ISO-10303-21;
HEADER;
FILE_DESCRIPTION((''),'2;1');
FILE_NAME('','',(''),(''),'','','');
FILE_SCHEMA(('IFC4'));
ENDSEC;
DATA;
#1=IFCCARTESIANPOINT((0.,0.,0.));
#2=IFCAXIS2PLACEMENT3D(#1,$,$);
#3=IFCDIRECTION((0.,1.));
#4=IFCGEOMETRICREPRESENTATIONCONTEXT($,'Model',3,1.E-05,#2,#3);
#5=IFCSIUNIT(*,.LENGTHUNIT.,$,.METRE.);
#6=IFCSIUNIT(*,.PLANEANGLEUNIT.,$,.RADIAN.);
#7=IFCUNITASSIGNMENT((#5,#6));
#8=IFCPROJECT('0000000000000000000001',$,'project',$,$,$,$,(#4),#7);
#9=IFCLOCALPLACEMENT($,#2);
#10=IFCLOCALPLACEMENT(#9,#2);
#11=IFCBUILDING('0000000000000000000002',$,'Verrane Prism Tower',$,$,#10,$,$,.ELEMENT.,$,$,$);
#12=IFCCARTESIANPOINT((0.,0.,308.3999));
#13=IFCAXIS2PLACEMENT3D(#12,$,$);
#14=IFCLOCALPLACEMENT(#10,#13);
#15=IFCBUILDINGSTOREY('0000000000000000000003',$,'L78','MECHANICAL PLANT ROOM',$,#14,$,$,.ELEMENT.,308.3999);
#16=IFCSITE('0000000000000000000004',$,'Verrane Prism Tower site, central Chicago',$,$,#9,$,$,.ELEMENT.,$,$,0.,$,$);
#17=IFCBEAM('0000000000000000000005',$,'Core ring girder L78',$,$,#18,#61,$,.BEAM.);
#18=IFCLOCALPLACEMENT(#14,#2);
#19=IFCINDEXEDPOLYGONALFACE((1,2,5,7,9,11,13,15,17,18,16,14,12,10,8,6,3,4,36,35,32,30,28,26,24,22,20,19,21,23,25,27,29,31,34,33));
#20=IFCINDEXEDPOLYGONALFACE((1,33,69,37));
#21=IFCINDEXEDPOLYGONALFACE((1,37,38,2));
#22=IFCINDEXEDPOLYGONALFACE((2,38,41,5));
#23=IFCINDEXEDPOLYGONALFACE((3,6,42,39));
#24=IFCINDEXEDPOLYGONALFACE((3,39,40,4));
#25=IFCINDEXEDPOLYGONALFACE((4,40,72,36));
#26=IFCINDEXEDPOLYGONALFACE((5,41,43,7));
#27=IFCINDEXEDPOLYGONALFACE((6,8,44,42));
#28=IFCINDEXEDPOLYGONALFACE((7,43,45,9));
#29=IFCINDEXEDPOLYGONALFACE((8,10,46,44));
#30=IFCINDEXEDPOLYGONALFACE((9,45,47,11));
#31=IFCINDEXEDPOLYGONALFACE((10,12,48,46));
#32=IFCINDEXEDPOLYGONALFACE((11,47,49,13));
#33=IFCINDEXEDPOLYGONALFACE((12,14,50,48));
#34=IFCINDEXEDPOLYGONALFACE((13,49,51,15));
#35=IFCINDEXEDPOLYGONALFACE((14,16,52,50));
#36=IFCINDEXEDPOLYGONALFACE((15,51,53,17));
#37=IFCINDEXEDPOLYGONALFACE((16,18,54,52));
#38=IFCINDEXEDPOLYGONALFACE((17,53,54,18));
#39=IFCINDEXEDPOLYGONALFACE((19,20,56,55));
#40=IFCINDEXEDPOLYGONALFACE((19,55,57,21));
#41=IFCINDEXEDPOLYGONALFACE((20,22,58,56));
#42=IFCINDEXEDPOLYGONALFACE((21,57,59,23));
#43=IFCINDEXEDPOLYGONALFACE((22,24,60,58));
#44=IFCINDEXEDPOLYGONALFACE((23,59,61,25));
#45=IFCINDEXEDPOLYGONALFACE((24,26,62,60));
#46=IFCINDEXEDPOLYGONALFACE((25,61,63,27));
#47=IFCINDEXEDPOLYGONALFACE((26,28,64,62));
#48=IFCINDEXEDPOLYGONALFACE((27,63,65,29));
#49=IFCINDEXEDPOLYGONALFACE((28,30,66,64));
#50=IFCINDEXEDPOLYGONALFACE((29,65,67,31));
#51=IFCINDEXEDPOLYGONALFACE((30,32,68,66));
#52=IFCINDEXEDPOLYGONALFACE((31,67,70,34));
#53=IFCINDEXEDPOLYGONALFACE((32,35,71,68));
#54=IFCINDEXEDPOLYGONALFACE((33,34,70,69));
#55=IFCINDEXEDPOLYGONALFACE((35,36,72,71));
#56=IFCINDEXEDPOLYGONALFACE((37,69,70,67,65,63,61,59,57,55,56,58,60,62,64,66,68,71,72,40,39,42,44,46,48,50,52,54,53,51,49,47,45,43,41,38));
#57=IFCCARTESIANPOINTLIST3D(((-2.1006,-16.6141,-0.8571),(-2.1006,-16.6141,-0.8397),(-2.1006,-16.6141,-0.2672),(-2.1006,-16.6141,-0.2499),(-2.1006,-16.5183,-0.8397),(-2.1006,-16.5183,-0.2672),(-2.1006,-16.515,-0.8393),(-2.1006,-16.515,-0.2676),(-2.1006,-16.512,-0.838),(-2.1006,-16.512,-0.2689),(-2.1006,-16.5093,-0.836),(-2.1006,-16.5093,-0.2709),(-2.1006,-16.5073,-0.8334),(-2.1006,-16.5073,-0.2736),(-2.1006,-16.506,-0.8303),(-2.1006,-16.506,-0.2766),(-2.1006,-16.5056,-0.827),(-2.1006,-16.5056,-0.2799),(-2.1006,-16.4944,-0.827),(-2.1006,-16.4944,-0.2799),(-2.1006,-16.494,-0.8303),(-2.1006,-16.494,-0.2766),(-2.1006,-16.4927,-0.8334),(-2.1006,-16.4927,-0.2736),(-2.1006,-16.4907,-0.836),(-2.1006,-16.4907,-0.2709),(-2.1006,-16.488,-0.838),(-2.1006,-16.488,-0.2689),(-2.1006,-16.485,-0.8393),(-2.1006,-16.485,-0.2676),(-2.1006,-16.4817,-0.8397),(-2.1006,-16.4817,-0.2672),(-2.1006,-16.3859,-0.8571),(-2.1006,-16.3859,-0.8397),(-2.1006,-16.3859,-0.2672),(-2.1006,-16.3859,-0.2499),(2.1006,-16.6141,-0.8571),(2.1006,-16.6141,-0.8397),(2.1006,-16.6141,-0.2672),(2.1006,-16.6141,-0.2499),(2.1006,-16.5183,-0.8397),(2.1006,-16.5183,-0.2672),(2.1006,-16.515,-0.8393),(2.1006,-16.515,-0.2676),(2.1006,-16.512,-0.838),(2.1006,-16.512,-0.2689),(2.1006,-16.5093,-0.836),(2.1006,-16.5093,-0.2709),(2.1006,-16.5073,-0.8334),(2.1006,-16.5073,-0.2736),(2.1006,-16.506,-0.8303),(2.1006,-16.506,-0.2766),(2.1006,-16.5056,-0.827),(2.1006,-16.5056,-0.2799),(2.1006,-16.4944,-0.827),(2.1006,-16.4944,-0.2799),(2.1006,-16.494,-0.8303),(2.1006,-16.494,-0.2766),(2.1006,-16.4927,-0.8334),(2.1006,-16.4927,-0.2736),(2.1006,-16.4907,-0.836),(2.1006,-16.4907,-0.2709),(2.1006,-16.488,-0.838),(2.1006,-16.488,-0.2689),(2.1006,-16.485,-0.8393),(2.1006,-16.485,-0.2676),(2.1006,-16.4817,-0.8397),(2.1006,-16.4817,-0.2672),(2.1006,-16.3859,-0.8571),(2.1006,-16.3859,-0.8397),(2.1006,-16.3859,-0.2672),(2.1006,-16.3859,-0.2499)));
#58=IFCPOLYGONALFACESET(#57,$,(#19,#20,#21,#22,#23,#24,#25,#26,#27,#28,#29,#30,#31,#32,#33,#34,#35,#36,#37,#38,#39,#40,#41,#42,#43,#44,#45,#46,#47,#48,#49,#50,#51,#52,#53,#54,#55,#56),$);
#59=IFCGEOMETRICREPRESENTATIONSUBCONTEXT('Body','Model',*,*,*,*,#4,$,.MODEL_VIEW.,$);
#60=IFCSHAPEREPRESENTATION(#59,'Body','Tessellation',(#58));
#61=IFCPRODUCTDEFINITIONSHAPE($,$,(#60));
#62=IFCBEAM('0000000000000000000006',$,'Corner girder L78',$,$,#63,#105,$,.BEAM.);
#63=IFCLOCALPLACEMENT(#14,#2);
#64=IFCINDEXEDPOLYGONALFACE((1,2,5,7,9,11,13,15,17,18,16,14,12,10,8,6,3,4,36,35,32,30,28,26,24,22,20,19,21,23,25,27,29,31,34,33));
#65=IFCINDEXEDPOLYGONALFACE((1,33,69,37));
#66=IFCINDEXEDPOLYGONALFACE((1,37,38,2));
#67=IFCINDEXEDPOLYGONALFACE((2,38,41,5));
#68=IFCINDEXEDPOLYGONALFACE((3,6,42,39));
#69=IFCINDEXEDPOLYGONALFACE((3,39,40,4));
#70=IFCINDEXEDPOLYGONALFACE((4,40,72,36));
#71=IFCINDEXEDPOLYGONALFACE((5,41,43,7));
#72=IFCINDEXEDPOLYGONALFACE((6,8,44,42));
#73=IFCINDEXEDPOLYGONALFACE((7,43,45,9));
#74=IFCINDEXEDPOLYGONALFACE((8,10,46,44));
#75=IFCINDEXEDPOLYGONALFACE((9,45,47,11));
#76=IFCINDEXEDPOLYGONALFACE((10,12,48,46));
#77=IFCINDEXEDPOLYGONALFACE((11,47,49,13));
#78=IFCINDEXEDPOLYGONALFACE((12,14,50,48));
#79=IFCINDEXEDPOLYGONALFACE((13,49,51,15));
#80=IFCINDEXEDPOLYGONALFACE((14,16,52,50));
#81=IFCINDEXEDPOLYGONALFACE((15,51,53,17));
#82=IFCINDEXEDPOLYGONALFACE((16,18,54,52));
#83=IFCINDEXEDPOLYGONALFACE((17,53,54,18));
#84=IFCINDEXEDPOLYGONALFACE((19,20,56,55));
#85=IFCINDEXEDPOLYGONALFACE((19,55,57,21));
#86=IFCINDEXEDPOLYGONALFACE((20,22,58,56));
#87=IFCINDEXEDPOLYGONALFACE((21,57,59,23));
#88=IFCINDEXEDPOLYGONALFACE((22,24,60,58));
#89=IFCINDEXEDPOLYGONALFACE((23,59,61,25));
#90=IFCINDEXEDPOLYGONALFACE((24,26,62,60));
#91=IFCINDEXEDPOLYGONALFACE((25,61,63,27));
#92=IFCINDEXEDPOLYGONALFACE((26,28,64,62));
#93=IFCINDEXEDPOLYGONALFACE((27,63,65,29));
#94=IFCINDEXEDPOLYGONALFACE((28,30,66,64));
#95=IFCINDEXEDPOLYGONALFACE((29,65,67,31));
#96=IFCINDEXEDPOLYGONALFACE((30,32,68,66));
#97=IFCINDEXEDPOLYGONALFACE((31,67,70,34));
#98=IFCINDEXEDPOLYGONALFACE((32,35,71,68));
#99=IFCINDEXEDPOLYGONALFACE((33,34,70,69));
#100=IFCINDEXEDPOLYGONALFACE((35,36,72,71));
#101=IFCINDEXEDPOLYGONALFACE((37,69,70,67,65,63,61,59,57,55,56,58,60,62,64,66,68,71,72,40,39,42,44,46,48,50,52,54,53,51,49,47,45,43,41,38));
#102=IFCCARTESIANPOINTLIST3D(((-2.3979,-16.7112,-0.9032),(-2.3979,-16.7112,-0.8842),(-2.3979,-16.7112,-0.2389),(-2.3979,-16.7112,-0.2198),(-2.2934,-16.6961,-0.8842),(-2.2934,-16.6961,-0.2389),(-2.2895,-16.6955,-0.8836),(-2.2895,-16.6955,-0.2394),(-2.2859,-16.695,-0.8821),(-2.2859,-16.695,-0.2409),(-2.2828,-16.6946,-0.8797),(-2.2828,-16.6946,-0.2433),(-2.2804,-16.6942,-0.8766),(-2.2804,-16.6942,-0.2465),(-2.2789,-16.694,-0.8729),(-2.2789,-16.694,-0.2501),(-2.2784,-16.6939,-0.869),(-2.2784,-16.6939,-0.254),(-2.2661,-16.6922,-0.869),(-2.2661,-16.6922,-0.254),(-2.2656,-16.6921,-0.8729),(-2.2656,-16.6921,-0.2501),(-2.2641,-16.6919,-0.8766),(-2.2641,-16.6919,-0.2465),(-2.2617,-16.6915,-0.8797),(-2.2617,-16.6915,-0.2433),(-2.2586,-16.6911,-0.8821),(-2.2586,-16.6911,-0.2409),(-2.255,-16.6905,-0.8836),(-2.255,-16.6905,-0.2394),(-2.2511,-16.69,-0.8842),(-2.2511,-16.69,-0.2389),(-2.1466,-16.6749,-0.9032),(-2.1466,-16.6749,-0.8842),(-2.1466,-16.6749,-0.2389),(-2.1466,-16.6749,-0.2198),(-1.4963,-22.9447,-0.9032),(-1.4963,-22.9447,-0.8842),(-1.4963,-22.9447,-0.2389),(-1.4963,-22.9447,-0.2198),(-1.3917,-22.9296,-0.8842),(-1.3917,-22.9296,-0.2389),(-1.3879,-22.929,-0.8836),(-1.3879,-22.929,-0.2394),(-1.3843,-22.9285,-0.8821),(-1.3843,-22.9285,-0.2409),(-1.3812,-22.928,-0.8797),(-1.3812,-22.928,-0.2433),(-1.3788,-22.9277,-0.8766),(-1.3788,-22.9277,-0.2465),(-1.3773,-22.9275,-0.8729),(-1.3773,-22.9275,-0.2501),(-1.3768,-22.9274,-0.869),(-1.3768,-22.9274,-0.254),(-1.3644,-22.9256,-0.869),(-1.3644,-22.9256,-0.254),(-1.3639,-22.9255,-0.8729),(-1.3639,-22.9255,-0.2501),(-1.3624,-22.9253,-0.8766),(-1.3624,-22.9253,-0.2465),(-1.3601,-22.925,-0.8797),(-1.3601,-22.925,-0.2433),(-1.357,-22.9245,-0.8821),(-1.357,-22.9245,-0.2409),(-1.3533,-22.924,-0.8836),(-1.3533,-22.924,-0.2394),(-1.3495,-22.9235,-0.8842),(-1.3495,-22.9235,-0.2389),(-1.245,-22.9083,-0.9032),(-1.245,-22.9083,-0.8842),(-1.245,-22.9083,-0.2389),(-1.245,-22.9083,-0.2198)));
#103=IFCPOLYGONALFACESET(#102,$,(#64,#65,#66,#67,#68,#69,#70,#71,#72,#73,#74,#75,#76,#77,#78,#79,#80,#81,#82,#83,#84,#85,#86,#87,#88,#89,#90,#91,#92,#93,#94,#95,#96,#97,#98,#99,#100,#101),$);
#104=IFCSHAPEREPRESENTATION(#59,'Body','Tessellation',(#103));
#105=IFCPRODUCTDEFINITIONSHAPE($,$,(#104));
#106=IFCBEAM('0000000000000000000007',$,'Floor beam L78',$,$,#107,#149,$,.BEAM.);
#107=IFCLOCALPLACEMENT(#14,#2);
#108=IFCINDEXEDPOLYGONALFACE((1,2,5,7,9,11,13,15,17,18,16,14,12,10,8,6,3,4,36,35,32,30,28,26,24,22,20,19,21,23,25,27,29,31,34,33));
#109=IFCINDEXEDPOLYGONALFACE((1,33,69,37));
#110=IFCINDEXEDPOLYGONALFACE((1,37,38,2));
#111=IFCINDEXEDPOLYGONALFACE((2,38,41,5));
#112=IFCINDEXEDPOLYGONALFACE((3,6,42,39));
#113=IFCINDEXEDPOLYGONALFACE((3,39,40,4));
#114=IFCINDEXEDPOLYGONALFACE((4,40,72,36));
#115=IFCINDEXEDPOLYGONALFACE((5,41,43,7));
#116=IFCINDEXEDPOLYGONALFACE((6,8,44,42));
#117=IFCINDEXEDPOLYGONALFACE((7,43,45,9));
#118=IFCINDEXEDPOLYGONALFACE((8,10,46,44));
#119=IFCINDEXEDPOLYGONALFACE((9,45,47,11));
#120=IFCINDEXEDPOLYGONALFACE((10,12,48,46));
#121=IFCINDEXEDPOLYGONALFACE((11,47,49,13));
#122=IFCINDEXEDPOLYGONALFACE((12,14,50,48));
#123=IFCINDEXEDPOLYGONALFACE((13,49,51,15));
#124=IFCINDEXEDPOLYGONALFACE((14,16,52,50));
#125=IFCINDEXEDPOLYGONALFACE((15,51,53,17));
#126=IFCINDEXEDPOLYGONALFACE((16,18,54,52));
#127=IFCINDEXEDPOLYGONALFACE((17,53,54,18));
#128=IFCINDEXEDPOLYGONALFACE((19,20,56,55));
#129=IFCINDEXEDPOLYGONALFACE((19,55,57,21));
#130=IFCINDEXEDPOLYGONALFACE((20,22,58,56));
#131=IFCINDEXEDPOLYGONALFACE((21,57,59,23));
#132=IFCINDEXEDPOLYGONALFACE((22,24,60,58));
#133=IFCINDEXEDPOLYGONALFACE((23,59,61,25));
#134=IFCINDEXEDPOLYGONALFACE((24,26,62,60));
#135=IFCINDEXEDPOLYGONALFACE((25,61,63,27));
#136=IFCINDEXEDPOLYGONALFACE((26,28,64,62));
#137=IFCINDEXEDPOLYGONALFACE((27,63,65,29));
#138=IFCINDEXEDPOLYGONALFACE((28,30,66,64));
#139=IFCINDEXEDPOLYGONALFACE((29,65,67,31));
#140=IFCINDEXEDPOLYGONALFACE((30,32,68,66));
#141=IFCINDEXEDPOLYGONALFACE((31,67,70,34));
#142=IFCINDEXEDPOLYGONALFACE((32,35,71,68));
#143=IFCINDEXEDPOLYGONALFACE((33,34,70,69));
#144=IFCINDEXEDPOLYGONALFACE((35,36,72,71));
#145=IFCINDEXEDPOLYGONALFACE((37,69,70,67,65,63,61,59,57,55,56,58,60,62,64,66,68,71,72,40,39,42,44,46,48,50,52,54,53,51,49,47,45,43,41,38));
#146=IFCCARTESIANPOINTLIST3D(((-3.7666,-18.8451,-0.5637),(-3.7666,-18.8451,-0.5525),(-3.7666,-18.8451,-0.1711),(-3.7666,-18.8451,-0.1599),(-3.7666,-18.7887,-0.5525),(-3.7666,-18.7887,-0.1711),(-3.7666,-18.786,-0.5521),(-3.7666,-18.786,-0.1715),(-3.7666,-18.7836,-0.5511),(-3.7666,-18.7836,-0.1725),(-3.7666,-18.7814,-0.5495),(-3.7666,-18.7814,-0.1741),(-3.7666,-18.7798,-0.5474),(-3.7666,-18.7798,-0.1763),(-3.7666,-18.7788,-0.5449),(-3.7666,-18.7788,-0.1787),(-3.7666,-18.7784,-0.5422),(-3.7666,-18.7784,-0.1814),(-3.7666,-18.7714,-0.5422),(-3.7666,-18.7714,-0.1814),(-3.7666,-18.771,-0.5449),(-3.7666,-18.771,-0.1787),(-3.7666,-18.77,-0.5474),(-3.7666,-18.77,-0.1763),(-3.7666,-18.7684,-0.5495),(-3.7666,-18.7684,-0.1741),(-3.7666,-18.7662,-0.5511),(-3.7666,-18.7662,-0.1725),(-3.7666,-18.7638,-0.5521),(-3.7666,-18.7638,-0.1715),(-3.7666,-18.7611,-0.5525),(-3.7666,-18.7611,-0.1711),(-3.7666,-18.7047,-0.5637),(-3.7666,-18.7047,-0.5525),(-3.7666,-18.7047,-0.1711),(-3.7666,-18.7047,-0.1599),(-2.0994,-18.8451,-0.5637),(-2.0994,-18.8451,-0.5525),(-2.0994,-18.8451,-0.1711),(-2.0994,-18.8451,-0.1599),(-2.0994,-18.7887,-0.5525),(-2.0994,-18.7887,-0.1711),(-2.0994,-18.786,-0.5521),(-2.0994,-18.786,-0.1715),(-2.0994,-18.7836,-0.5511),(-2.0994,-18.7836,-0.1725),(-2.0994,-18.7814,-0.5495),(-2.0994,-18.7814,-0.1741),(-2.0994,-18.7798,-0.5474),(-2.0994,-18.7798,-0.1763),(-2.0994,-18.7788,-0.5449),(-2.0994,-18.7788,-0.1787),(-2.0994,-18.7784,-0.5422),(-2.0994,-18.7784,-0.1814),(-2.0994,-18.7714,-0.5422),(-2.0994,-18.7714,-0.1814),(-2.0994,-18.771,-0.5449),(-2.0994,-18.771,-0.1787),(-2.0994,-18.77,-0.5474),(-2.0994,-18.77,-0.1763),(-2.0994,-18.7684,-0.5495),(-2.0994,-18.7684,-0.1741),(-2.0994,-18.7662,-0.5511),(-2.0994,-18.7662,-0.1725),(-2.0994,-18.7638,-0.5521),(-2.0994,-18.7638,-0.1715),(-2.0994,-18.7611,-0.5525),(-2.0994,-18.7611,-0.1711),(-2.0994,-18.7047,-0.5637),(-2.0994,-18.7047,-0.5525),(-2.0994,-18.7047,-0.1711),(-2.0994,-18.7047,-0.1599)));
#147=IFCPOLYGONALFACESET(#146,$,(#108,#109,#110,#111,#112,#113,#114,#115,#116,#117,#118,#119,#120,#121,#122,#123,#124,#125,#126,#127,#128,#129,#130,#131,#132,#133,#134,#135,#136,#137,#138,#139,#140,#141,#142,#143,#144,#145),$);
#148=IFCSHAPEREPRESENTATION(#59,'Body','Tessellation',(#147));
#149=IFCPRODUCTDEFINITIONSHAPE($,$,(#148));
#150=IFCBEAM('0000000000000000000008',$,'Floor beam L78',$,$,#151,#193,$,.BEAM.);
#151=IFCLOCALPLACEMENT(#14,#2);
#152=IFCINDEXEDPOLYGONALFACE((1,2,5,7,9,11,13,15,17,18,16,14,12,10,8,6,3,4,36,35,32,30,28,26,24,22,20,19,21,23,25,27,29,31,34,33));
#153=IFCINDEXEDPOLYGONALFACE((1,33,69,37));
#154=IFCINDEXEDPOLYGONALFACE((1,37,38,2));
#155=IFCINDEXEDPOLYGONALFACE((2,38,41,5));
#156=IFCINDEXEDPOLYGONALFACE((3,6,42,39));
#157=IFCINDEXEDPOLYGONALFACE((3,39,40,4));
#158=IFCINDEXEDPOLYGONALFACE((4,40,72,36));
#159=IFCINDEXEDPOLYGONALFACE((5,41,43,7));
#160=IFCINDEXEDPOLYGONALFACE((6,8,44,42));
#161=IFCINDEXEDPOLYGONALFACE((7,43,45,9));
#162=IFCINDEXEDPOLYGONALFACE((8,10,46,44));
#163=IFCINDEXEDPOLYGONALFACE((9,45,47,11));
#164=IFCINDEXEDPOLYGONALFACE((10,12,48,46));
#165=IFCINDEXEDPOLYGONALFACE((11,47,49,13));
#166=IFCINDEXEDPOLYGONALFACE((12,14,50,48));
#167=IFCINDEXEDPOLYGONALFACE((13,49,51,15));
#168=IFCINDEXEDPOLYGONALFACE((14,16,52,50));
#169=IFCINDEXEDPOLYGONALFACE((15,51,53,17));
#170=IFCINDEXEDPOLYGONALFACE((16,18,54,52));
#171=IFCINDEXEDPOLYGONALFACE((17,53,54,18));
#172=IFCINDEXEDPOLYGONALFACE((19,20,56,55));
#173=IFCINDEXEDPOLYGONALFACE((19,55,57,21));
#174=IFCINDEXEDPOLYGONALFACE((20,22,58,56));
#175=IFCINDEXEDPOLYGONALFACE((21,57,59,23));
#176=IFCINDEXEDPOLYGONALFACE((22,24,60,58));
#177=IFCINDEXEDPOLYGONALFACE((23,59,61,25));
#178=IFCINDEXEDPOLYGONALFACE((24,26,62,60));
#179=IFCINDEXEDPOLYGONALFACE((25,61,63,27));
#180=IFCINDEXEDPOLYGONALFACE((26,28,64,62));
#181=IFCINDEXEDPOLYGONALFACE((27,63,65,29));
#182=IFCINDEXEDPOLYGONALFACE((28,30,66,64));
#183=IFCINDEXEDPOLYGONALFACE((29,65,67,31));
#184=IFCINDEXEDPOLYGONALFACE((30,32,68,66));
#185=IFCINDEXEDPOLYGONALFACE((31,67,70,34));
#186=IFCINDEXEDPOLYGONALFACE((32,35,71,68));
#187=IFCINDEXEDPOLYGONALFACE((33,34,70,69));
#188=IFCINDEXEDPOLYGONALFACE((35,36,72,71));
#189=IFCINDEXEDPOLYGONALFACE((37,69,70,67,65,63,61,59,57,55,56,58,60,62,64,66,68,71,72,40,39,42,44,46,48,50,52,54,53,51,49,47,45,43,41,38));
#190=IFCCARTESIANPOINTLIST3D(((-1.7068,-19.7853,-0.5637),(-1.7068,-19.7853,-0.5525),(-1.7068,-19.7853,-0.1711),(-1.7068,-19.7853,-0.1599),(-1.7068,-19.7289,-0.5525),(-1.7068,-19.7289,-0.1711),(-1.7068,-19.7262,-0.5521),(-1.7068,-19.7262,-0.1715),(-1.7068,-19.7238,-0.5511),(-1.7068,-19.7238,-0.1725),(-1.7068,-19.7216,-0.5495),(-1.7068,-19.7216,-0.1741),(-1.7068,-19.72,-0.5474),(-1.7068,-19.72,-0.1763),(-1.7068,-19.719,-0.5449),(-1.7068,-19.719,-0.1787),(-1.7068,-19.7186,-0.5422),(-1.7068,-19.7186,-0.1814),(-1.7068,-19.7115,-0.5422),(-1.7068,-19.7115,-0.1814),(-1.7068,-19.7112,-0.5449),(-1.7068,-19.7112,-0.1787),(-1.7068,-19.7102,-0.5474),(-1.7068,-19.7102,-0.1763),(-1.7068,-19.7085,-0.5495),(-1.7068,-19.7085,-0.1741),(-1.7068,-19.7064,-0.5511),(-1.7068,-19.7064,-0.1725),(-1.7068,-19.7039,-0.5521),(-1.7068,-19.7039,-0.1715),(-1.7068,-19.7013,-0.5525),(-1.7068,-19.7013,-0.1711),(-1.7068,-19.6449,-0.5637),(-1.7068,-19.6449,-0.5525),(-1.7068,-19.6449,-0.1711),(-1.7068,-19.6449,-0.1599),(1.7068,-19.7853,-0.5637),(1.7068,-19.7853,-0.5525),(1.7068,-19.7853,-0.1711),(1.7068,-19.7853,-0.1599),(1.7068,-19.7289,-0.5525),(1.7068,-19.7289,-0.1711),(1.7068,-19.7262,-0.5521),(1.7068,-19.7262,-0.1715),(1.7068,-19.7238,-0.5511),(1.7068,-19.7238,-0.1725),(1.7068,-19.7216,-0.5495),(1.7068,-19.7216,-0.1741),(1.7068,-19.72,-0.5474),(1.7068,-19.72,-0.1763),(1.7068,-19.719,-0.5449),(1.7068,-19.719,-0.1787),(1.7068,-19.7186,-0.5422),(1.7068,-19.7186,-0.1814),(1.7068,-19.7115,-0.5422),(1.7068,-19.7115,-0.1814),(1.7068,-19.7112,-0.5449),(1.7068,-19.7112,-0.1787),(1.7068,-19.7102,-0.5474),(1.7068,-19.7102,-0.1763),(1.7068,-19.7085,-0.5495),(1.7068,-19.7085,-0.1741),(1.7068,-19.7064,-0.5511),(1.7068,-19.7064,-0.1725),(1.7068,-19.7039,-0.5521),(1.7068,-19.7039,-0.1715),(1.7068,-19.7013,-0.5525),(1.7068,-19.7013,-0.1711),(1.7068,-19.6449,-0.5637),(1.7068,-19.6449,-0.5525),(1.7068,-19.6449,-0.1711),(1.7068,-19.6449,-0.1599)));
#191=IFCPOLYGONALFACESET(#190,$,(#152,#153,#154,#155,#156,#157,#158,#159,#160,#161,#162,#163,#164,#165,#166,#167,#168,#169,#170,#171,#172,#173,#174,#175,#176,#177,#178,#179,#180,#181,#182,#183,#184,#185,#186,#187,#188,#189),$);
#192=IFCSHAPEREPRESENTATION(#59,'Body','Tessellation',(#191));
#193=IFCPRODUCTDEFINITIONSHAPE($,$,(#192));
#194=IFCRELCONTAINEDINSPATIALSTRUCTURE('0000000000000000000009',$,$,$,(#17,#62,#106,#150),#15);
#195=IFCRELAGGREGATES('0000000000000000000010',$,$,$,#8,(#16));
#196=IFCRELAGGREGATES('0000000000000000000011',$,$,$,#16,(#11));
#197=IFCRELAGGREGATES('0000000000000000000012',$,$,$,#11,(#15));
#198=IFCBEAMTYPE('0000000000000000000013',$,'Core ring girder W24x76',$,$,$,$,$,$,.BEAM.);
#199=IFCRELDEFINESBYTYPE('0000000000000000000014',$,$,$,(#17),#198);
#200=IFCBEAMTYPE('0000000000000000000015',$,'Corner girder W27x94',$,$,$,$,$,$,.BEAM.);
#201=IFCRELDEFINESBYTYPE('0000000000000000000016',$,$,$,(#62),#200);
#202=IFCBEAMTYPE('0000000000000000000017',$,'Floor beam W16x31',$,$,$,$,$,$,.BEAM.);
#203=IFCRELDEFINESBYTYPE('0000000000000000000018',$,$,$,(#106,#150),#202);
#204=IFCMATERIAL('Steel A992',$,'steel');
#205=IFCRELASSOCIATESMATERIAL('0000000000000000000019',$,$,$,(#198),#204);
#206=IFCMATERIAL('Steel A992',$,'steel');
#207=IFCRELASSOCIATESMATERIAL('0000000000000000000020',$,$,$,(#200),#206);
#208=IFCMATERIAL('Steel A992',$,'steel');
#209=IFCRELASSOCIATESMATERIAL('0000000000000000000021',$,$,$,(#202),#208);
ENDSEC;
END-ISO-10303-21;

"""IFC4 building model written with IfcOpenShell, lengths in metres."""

from ifc_helpers import new_model, si_unit, direction, frame, origin, origin_2d, place, context, subcontext, project, spatial, i_section, extrude, material, material_profile, profile_set, type_object, element, save


model = new_model("IFC4")

# Units and contexts
model_context = context("Model", 3, precision=1e-05, world=origin(), true_north=direction((0.0, 1.0)))
body_context = subcontext(model_context, "Body", "Model", "MODEL_VIEW")
ifc_project = project(units=[si_unit("LENGTHUNIT", "METRE"), si_unit("PLANEANGLEUNIT", "RADIAN")], contexts=[model_context])

# Site, building, storey
site_placement = place(None, origin())
site = spatial("IfcSite", under=ifc_project, at=site_placement, Name="Verrane Prism Tower site, central Chicago", CompositionType="ELEMENT", RefElevation=0.0)
building_placement = place(site_placement, origin())
building = spatial("IfcBuilding", under=site, at=building_placement, Name="Verrane Prism Tower", CompositionType="ELEMENT")
storey_placement = place(building_placement, frame((0.0, 0.0, 308.3999)))
storey = spatial("IfcBuildingStorey", under=building, at=storey_placement, Name="L78", Description="MECHANICAL PLANT ROOM", CompositionType="ELEMENT", Elevation=308.3999)

# Beams
ifc_material_1 = material(Name="Steel A992", Category="steel")
ifc_material_profile_1 = material_profile(ifc_material_1, i_section(OverallWidth=0.2283, OverallDepth=0.6072, WebThickness=0.0112, FlangeThickness=0.0173, FilletRadius=0.0127, at=origin_2d()), Name="W24x76")
ifc_profile_set_1 = profile_set([ifc_material_profile_1], Name="Steel A992")
beam_type_1 = type_object("IfcBeamType", Name="Core ring girder W24x76", PredefinedType="BEAM", material=ifc_profile_set_1)
beam_1_placement = place(storey_placement, frame((-2.1006, -16.5, -0.5535), z_axis=(1.0, 0.0, 0.0), x_axis=(0.0, 1.0, 0.0)))
element("IfcBeam", 1, at=beam_1_placement, inside=storey, type_object=beam_type_1, Name="Core ring girder L78", PredefinedType="BEAM", context=body_context, shape_type="SweptSolid", body=[
    extrude(i_section(OverallWidth=0.2283, OverallDepth=0.6072, WebThickness=0.0112, FlangeThickness=0.0173, FilletRadius=0.0127, at=origin_2d()), origin(), (0.0, 0.0, 1.0), 4.2012),
])
ifc_material_2 = material(Name="Steel A992", Category="steel")
ifc_material_profile_2 = material_profile(ifc_material_2, i_section(OverallWidth=0.2539, OverallDepth=0.6833, WebThickness=0.0125, FlangeThickness=0.019, FilletRadius=0.0151, at=origin_2d()), Name="W27x94")
ifc_profile_set_2 = profile_set([ifc_material_profile_2], Name="Steel A992")
beam_type_2 = type_object("IfcBeamType", Name="Corner girder W27x94", PredefinedType="BEAM", material=ifc_profile_set_2)
beam_2_placement = place(storey_placement, frame((-1.3706, -22.9265, -0.5615), z_axis=(-0.143152, 0.989701, 0.0), x_axis=(-0.989701, -0.143152, 0.0)))
element("IfcBeam", 2, at=beam_2_placement, inside=storey, type_object=beam_type_2, Name="Corner girder L78", PredefinedType="BEAM", context=body_context, shape_type="SweptSolid", body=[
    extrude(i_section(OverallWidth=0.2539, OverallDepth=0.6833, WebThickness=0.0125, FlangeThickness=0.019, FilletRadius=0.0151, at=origin_2d()), origin(), (0.0, 0.0, 1.0), 6.2983),
])
ifc_material_3 = material(Name="Steel A992", Category="steel")
ifc_material_profile_3 = material_profile(ifc_material_3, i_section(OverallWidth=0.1404, OverallDepth=0.4038, WebThickness=0.0071, FlangeThickness=0.0112, FilletRadius=0.0103, at=origin_2d()), Name="W16x31")
ifc_profile_set_3 = profile_set([ifc_material_profile_3], Name="Steel A992")
beam_type_3 = type_object("IfcBeamType", Name="Floor beam W16x31", PredefinedType="BEAM", material=ifc_profile_set_3)
beam_3_placement = place(storey_placement, frame((-3.7666, -18.7749, -0.3618), z_axis=(1.0, 0.0, 0.0), x_axis=(0.0, 1.0, 0.0)))
element("IfcBeam", 3, at=beam_3_placement, inside=storey, type_object=beam_type_3, Name="Floor beam L78", PredefinedType="BEAM", context=body_context, shape_type="SweptSolid", body=[
    extrude(i_section(OverallWidth=0.1404, OverallDepth=0.4038, WebThickness=0.0071, FlangeThickness=0.0112, FilletRadius=0.0103, at=origin_2d()), origin(), (0.0, 0.0, 1.0), 1.6672),
])
beam_4_placement = place(storey_placement, frame((-1.7068, -19.7151, -0.3618), z_axis=(1.0, 0.0, 0.0), x_axis=(0.0, 1.0, 0.0)))
element("IfcBeam", 4, at=beam_4_placement, inside=storey, type_object=beam_type_3, Name="Floor beam L78", PredefinedType="BEAM", context=body_context, shape_type="SweptSolid", body=[
    extrude(i_section(OverallWidth=0.1404, OverallDepth=0.4038, WebThickness=0.0071, FlangeThickness=0.0112, FilletRadius=0.0103, at=origin_2d()), origin(), (0.0, 0.0, 1.0), 3.4136),
])

save(model, "model.ifc")
